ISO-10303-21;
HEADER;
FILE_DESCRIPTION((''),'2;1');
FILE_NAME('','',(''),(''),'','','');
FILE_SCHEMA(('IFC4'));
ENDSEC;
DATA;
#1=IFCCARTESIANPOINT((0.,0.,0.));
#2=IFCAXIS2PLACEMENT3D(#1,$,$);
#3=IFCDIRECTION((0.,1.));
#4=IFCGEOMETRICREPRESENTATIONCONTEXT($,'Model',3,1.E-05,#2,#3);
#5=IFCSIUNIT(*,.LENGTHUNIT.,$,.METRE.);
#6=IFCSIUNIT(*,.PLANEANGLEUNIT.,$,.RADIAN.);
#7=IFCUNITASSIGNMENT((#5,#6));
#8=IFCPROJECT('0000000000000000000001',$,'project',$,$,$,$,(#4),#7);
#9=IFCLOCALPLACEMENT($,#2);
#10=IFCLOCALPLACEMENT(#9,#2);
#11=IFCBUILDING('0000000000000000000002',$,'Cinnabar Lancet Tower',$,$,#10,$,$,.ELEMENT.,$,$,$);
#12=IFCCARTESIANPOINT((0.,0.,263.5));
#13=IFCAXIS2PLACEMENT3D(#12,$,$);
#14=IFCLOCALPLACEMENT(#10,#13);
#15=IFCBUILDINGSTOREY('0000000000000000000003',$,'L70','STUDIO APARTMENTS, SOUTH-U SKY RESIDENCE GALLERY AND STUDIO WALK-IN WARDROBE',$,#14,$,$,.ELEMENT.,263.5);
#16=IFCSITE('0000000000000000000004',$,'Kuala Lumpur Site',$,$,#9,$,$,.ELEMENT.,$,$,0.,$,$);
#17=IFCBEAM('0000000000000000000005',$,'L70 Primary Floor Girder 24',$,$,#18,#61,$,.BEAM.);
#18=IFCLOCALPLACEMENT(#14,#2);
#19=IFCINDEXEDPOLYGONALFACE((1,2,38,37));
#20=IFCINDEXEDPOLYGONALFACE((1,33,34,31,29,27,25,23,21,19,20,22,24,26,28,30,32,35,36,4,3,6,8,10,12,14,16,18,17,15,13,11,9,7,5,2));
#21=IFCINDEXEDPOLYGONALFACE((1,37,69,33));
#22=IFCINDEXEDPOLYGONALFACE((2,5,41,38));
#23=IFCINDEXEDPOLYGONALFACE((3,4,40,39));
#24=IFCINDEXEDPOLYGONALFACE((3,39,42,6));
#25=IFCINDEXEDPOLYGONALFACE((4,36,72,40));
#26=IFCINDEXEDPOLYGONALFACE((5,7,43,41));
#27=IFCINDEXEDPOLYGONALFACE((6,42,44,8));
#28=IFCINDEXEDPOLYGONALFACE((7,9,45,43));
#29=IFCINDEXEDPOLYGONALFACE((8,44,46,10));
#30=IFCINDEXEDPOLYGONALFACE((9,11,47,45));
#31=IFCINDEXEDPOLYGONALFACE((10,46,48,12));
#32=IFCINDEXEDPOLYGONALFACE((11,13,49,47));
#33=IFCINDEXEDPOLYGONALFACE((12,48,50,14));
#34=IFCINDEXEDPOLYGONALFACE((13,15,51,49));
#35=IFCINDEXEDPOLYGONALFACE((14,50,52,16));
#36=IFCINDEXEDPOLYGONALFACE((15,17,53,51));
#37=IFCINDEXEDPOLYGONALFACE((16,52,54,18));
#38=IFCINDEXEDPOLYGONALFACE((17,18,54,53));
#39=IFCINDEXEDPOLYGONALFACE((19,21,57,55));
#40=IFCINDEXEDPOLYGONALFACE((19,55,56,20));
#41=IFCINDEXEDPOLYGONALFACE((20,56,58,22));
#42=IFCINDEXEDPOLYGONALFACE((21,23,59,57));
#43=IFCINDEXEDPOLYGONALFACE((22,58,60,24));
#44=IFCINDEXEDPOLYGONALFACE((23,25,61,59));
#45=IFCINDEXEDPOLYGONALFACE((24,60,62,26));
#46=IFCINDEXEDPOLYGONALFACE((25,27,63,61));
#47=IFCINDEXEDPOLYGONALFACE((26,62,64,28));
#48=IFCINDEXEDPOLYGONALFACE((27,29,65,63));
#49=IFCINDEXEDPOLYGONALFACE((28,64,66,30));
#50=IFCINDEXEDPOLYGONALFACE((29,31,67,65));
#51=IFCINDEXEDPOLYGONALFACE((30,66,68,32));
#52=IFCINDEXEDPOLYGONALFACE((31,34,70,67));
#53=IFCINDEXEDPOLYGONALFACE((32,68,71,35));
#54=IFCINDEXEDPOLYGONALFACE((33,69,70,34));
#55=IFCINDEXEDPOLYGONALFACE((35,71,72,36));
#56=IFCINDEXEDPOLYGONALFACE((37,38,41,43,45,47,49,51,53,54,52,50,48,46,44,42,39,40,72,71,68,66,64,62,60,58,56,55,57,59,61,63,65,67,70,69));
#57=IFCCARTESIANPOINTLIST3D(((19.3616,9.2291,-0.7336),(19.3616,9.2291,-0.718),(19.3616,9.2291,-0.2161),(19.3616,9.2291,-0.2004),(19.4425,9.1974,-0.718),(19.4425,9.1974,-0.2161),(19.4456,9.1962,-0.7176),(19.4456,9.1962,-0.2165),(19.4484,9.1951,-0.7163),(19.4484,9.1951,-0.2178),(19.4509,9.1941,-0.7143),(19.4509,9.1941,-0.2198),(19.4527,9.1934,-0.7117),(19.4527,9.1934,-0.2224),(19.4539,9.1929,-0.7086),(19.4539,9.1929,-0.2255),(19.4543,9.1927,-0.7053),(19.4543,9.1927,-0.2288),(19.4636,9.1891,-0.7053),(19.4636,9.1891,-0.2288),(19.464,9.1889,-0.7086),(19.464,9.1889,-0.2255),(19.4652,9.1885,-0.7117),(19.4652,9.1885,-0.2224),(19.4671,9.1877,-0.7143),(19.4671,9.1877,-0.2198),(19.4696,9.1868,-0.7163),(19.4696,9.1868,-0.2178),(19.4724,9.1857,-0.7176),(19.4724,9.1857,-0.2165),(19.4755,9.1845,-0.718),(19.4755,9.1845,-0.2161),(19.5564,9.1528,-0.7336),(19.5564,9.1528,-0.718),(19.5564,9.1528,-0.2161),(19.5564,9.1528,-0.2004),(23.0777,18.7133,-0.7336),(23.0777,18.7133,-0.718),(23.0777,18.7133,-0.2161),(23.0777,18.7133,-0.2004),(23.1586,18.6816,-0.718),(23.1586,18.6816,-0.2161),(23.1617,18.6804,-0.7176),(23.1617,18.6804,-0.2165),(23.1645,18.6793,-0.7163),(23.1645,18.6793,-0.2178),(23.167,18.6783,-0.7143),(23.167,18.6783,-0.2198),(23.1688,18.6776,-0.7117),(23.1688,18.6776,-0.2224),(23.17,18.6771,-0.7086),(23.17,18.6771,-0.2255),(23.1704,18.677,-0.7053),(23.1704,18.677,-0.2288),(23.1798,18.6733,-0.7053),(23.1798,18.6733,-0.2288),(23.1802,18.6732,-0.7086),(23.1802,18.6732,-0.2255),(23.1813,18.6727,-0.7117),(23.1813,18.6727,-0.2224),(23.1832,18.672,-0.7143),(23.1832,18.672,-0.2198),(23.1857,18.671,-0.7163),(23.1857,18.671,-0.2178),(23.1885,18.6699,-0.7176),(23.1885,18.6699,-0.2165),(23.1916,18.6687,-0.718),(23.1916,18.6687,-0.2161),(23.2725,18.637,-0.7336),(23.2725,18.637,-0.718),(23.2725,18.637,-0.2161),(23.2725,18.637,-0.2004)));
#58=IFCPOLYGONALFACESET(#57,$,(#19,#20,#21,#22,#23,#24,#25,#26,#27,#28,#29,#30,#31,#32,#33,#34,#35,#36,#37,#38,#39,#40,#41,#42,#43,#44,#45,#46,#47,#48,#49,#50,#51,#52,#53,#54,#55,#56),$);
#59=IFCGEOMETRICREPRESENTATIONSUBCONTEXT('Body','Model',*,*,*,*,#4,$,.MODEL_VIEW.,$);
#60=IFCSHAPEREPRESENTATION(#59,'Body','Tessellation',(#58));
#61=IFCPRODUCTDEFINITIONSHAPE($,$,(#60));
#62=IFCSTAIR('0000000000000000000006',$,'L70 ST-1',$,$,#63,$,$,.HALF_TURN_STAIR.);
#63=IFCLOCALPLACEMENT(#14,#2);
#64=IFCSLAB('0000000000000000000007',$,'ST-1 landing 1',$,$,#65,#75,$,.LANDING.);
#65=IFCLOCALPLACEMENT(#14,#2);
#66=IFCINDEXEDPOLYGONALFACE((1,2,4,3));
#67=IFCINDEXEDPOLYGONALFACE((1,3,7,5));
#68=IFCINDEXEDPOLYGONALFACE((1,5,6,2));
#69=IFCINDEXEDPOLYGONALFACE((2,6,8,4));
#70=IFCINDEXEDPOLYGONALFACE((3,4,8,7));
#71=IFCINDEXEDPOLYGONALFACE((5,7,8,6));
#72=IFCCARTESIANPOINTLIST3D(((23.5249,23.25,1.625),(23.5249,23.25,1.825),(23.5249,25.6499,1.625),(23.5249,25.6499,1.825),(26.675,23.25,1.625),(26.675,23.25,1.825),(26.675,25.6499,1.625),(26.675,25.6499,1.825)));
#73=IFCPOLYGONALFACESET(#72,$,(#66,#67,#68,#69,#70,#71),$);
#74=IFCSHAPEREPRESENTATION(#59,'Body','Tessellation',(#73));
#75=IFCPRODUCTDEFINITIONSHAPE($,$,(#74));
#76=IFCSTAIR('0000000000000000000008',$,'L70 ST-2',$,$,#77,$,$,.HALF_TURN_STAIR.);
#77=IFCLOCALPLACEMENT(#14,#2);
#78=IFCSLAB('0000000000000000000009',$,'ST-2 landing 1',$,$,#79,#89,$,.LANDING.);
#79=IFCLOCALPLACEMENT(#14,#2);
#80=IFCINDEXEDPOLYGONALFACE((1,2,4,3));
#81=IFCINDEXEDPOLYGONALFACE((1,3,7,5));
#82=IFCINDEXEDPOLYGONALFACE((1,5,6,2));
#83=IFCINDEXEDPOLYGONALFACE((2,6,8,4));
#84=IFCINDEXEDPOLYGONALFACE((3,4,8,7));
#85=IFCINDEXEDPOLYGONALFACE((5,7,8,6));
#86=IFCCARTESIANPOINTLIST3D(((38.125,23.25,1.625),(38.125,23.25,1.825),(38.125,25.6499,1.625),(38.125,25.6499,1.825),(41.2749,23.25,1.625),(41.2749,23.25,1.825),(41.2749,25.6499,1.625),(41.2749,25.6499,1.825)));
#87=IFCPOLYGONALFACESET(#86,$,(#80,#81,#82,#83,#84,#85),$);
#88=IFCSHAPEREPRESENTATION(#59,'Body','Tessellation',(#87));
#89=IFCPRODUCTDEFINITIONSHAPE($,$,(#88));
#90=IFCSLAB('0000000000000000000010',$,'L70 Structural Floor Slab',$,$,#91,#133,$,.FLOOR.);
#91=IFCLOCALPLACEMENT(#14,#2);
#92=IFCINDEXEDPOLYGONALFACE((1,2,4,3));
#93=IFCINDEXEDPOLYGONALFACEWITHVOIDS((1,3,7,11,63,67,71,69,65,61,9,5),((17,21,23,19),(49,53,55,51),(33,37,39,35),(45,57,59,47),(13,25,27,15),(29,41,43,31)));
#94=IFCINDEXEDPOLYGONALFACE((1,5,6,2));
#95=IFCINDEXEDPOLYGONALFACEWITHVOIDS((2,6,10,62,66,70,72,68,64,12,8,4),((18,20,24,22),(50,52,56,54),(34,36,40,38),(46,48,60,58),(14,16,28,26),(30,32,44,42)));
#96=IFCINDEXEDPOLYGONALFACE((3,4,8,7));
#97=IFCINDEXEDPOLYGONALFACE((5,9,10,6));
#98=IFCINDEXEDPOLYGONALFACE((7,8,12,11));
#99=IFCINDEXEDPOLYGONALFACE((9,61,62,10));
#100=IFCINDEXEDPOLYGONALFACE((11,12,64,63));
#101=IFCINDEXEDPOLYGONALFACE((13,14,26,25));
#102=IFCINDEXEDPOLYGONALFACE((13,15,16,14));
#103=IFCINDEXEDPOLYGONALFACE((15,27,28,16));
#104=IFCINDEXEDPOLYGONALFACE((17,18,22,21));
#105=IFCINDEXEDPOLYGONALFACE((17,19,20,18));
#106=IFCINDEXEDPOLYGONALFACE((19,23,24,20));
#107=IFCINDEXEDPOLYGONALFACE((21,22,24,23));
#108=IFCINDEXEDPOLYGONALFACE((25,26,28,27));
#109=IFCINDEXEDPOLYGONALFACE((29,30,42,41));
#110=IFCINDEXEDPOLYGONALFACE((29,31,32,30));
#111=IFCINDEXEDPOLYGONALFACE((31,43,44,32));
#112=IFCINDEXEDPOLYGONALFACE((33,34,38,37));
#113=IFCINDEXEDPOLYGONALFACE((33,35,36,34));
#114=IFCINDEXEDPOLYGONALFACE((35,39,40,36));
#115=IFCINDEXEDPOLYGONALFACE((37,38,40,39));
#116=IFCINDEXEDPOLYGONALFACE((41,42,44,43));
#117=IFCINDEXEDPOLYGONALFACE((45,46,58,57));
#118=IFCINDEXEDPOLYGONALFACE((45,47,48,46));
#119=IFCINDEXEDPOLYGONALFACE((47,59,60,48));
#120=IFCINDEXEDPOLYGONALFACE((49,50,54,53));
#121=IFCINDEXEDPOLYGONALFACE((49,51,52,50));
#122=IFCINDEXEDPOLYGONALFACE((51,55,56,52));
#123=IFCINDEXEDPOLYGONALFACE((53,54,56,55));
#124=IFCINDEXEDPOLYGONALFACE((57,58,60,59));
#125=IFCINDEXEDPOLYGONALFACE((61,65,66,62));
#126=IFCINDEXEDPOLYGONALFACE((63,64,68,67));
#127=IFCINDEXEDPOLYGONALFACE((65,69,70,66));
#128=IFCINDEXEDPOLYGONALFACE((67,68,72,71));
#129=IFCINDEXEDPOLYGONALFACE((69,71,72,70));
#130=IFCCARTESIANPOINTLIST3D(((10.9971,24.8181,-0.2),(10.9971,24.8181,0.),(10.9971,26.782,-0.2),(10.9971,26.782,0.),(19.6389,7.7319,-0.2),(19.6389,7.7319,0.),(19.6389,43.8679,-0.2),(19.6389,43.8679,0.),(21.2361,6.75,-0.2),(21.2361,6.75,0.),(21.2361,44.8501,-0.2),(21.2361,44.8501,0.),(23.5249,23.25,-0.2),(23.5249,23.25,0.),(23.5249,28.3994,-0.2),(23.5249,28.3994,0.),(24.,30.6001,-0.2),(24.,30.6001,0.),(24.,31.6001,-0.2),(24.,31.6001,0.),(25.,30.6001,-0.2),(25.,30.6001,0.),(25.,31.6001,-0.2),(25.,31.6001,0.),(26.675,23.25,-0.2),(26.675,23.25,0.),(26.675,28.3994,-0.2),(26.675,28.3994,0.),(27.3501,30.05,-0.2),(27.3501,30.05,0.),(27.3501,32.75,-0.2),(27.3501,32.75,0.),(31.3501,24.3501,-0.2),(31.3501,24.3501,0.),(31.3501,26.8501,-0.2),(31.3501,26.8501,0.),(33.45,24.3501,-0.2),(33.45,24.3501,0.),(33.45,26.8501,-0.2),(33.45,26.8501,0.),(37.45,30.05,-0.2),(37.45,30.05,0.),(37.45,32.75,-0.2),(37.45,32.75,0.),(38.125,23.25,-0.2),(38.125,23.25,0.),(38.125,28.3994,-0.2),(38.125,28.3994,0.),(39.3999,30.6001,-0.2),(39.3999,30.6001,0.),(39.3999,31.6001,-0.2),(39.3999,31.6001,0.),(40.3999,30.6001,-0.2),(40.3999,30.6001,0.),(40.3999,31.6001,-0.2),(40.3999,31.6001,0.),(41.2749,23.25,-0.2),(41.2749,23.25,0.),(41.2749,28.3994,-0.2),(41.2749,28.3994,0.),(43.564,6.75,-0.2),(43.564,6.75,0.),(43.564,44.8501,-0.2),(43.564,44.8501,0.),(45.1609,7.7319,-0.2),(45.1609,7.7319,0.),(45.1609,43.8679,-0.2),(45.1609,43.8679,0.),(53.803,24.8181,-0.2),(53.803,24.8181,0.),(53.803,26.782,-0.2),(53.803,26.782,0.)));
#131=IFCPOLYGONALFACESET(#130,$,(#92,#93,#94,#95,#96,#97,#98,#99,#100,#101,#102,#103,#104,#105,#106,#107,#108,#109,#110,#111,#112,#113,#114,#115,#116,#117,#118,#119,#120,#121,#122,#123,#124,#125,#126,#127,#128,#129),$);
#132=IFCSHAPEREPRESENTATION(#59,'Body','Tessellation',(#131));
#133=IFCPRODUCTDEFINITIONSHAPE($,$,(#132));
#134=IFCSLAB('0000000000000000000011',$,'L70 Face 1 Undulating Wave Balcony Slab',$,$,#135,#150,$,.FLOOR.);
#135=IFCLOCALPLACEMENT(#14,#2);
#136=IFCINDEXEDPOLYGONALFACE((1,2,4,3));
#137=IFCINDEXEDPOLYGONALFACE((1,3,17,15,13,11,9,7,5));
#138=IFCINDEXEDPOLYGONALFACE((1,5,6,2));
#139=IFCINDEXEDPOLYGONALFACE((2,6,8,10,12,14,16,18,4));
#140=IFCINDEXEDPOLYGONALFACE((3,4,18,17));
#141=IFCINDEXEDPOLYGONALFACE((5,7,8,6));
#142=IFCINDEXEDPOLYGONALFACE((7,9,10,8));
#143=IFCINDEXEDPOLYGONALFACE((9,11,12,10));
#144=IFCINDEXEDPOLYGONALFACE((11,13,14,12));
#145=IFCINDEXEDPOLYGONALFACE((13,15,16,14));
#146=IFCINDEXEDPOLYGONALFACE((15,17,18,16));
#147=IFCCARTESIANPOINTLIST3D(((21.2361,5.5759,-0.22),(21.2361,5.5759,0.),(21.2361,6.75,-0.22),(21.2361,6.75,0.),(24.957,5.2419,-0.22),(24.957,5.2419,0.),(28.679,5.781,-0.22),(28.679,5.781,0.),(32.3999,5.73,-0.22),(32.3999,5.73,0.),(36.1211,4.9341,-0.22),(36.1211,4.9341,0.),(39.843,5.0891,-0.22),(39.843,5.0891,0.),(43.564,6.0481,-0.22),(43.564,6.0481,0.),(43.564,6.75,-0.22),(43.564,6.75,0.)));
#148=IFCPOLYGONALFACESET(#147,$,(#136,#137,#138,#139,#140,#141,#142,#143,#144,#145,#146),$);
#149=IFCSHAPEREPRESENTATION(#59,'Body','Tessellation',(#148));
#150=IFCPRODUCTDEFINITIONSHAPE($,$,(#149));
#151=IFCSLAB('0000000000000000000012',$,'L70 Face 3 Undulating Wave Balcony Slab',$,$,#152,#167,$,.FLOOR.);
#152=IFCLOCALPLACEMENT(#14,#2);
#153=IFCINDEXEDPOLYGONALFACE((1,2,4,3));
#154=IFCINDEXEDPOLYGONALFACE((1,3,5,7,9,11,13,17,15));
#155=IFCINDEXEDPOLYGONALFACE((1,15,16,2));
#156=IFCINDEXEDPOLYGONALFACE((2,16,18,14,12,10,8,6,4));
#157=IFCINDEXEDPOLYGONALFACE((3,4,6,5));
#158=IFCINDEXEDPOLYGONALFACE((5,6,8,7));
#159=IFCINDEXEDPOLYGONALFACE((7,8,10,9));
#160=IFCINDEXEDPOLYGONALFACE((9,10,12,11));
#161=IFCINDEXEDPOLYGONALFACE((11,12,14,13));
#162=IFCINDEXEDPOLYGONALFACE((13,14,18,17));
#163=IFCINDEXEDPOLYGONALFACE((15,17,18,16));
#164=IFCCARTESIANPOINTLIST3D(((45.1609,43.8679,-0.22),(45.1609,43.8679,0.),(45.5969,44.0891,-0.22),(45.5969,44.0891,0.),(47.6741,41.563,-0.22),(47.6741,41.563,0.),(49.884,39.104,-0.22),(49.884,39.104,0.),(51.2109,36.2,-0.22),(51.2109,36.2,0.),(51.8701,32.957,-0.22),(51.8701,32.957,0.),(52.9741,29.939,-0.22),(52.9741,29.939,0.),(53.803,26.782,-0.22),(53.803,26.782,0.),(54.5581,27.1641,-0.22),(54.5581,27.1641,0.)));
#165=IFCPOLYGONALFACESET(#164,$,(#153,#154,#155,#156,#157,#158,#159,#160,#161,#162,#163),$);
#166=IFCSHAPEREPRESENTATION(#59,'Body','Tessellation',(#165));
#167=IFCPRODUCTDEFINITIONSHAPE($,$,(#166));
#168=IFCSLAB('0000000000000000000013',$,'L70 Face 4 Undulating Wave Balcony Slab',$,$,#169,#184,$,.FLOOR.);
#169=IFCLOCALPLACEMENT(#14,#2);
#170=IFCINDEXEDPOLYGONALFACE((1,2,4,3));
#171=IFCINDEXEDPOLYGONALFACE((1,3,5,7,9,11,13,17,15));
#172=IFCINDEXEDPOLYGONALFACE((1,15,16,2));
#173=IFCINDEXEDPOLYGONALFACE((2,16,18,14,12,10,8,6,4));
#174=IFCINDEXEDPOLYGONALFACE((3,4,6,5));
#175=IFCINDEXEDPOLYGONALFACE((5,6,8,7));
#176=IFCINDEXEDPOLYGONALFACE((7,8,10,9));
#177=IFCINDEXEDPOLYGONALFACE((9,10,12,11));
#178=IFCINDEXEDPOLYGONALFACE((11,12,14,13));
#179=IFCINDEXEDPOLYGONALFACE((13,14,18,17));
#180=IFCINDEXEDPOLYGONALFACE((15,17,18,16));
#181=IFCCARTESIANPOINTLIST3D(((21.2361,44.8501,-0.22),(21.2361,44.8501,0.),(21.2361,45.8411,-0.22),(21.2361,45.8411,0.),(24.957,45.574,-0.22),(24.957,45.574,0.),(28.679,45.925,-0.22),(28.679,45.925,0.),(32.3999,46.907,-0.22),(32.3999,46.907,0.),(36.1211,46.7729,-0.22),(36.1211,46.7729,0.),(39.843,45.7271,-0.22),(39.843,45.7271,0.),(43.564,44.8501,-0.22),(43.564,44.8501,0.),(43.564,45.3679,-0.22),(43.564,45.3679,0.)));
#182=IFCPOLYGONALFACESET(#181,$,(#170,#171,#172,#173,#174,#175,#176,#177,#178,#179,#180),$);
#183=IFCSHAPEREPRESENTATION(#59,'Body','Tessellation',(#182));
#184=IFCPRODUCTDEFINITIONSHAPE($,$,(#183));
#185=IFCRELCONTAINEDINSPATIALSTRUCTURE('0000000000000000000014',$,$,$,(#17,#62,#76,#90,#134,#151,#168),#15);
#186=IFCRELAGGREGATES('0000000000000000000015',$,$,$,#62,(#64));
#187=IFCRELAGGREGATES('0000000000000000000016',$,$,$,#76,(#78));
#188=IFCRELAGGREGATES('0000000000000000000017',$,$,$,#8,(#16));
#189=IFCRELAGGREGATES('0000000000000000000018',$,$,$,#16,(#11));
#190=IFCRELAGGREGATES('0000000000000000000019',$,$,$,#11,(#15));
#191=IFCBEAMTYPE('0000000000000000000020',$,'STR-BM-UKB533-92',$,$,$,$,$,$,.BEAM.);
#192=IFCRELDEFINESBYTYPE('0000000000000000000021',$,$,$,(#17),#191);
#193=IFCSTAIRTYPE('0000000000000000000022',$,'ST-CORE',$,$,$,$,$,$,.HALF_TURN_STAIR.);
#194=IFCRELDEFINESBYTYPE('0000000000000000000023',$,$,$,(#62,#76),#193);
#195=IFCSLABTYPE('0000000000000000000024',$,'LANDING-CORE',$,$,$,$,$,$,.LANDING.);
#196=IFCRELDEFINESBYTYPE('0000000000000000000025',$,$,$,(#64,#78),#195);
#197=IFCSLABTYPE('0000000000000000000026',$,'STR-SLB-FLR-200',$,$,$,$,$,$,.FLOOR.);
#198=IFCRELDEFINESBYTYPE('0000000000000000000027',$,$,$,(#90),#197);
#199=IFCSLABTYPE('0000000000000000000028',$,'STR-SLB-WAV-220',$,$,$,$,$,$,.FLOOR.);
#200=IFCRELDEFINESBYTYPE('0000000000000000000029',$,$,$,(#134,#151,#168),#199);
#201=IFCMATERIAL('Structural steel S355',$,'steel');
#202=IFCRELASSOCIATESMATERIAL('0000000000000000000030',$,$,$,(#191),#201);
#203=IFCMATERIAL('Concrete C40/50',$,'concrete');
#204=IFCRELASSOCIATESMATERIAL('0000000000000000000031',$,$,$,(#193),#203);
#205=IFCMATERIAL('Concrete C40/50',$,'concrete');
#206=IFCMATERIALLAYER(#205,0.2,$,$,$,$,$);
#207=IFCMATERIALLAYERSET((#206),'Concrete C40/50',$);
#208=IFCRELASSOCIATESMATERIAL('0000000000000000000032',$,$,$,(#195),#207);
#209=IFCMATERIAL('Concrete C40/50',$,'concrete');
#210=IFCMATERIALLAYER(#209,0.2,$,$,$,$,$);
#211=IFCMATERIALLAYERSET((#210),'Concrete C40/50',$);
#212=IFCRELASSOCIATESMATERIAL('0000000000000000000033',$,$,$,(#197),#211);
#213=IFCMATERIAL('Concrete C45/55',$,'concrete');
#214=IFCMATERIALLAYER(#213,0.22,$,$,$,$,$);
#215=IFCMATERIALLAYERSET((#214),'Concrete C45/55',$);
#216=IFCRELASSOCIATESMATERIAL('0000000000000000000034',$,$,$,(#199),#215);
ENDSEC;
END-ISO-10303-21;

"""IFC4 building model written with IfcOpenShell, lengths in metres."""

from ifc_helpers import new_model, si_unit, direction, frame, origin, origin_2d, place, context, subcontext, project, spatial, polyline, i_section, outline, extrude, material, layer, layer_set, material_profile, profile_set, type_object, element, aggregate, save


model = new_model("IFC4")

# Units and contexts
model_context = context("Model", 3, precision=1e-05, world=origin(), true_north=direction((0.0, 1.0)))
body_context = subcontext(model_context, "Body", "Model", "MODEL_VIEW")
ifc_project = project(units=[si_unit("LENGTHUNIT", "METRE"), si_unit("PLANEANGLEUNIT", "RADIAN")], contexts=[model_context])

# Site, building, storey
site_placement = place(None, origin())
site = spatial("IfcSite", under=ifc_project, at=site_placement, Name="Kuala Lumpur Site", CompositionType="ELEMENT", RefElevation=0.0)
building_placement = place(site_placement, origin())
building = spatial("IfcBuilding", under=site, at=building_placement, Name="Cinnabar Lancet Tower", CompositionType="ELEMENT")
storey_placement = place(building_placement, frame((0.0, 0.0, 263.5)))
storey = spatial("IfcBuildingStorey", under=building, at=storey_placement, Name="L70", Description="STUDIO APARTMENTS, SOUTH-U SKY RESIDENCE GALLERY AND STUDIO WALK-IN WARDROBE", CompositionType="ELEMENT", Elevation=263.5)

# Beam
ifc_material_1 = material(Name="Structural steel S355", Category="steel")
ifc_material_profile_1 = material_profile(ifc_material_1, i_section(OverallWidth=0.2092, OverallDepth=0.5332, WebThickness=0.01, FlangeThickness=0.0156, FilletRadius=0.0127, at=origin_2d()), Name="UKB 533x210x92")
ifc_profile_set_1 = profile_set([ifc_material_profile_1], Name="Structural steel S355")
beam_type_1 = type_object("IfcBeamType", Name="STR-BM-UKB533-92", PredefinedType="BEAM", material=ifc_profile_set_1)
beam_1_placement = place(storey_placement, frame((19.459, 9.1909, -0.467), z_axis=(0.364815, 0.93108, 0.0), x_axis=(-0.93108, 0.364815, 0.0)))
element("IfcBeam", 1, at=beam_1_placement, inside=storey, type_object=beam_type_1, Name="L70 Primary Floor Girder 24", PredefinedType="BEAM", context=body_context, shape_type="SweptSolid", body=[
    extrude(i_section(OverallWidth=0.2092, OverallDepth=0.5332, WebThickness=0.01, FlangeThickness=0.0156, FilletRadius=0.0127, at=origin_2d()), origin(), (0.0, 0.0, 1.0), 10.1863),
])

# Stairs, slabs
ifc_material_2 = material(Name="Concrete C40/50", Category="concrete")
stair_type = type_object("IfcStairType", Name="ST-CORE", PredefinedType="HALF_TURN_STAIR", material=ifc_material_2)
stair_1_placement = place(storey_placement, origin())
stair_1 = element("IfcStair", 2, at=stair_1_placement, inside=storey, type_object=stair_type, Name="L70 ST-1", PredefinedType="HALF_TURN_STAIR")
ifc_material_3 = material(Name="Concrete C40/50", Category="concrete")
ifc_layer_1 = layer(ifc_material_3, 0.2)
ifc_layer_set_1 = layer_set([ifc_layer_1], Name="Concrete C40/50")
slab_type_1 = type_object("IfcSlabType", Name="LANDING-CORE", PredefinedType="LANDING", material=ifc_layer_set_1)
slab_1_placement = place(storey_placement, frame((0.0, 0.0, 1.625)))
slab_1 = element("IfcSlab", 3, at=slab_1_placement, type_object=slab_type_1, Name="ST-1 landing 1", PredefinedType="LANDING", context=body_context, shape_type="SweptSolid", body=[
    extrude(outline(polyline([(23.5249, 25.6499), (23.5249, 23.25), (26.675, 23.25), (26.675, 25.6499), (23.5249, 25.6499)])), origin(), (0.0, 0.0, 1.0), 0.2),
])
aggregate(stair_1, [slab_1])
stair_2_placement = place(storey_placement, origin())
stair_2 = element("IfcStair", 4, at=stair_2_placement, inside=storey, type_object=stair_type, Name="L70 ST-2", PredefinedType="HALF_TURN_STAIR")
slab_2_placement = place(storey_placement, frame((0.0, 0.0, 1.625)))
slab_2 = element("IfcSlab", 5, at=slab_2_placement, type_object=slab_type_1, Name="ST-2 landing 1", PredefinedType="LANDING", context=body_context, shape_type="SweptSolid", body=[
    extrude(outline(polyline([(38.125, 25.6499), (38.125, 23.25), (41.2749, 23.25), (41.2749, 25.6499), (38.125, 25.6499)])), origin(), (0.0, 0.0, 1.0), 0.2),
])
aggregate(stair_2, [slab_2])

# Slabs
ifc_material_4 = material(Name="Concrete C40/50", Category="concrete")
ifc_layer_2 = layer(ifc_material_4, 0.2)
ifc_layer_set_2 = layer_set([ifc_layer_2], Name="Concrete C40/50")
slab_type_2 = type_object("IfcSlabType", Name="STR-SLB-FLR-200", PredefinedType="FLOOR", material=ifc_layer_set_2)
slab_3_placement = place(storey_placement, frame((0.0, 0.0, -0.2)))
element("IfcSlab", 6, at=slab_3_placement, inside=storey, type_object=slab_type_2, Name="L70 Structural Floor Slab", PredefinedType="FLOOR", context=body_context, shape_type="SweptSolid", body=[
    extrude(outline(polyline([(19.6389, 7.7319), (21.2361, 6.75), (43.564, 6.75), (45.1609, 7.7319), (53.803, 24.8181), (53.803, 26.782), (45.1609, 43.8679), (43.564, 44.8501), (21.2361, 44.8501), (19.6389, 43.8679), (10.9971, 26.782), (10.9971, 24.8181), (19.6389, 7.7319)]), holes=[polyline([(23.5249, 23.25), (26.675, 23.25), (26.675, 28.3994), (23.5249, 28.3994), (23.5249, 23.25)]), polyline([(38.125, 23.25), (41.2749, 23.25), (41.2749, 28.3994), (38.125, 28.3994), (38.125, 23.25)]), polyline([(27.3501, 30.05), (37.45, 30.05), (37.45, 32.75), (27.3501, 32.75), (27.3501, 30.05)]), polyline([(31.3501, 24.3501), (33.45, 24.3501), (33.45, 26.8501), (31.3501, 26.8501), (31.3501, 24.3501)]), polyline([(24.0, 30.6001), (25.0, 30.6001), (25.0, 31.6001), (24.0, 31.6001), (24.0, 30.6001)]), polyline([(39.3999, 30.6001), (40.3999, 30.6001), (40.3999, 31.6001), (39.3999, 31.6001), (39.3999, 30.6001)])]), origin(), (0.0, 0.0, 1.0), 0.2),
])
ifc_material_5 = material(Name="Concrete C45/55", Category="concrete")
ifc_layer_3 = layer(ifc_material_5, 0.22)
ifc_layer_set_3 = layer_set([ifc_layer_3], Name="Concrete C45/55")
slab_type_3 = type_object("IfcSlabType", Name="STR-SLB-WAV-220", PredefinedType="FLOOR", material=ifc_layer_set_3)
slab_4_placement = place(storey_placement, frame((0.0, 0.0, -0.22)))
element("IfcSlab", 7, at=slab_4_placement, inside=storey, type_object=slab_type_3, Name="L70 Face 1 Undulating Wave Balcony Slab", PredefinedType="FLOOR", context=body_context, shape_type="SweptSolid", body=[
    extrude(outline(polyline([(21.2361, 6.75), (21.2361, 5.5759), (24.957, 5.2419), (28.679, 5.781), (32.3999, 5.73), (36.1211, 4.9341), (39.843, 5.0891), (43.564, 6.0481), (43.564, 6.75), (21.2361, 6.75)])), origin(), (0.0, 0.0, 1.0), 0.22),
])
slab_5_placement = place(storey_placement, frame((0.0, 0.0, -0.22)))
element("IfcSlab", 8, at=slab_5_placement, inside=storey, type_object=slab_type_3, Name="L70 Face 3 Undulating Wave Balcony Slab", PredefinedType="FLOOR", context=body_context, shape_type="SweptSolid", body=[
    extrude(outline(polyline([(53.803, 26.782), (54.5581, 27.1641), (52.9741, 29.939), (51.8701, 32.957), (51.2109, 36.2), (49.884, 39.104), (47.6741, 41.563), (45.5969, 44.0891), (45.1609, 43.8679), (53.803, 26.782)])), origin(), (0.0, 0.0, 1.0), 0.22),
])
slab_6_placement = place(storey_placement, frame((0.0, 0.0, -0.22)))
element("IfcSlab", 9, at=slab_6_placement, inside=storey, type_object=slab_type_3, Name="L70 Face 4 Undulating Wave Balcony Slab", PredefinedType="FLOOR", context=body_context, shape_type="SweptSolid", body=[
    extrude(outline(polyline([(43.564, 44.8501), (43.564, 45.3679), (39.843, 45.7271), (36.1211, 46.7729), (32.3999, 46.907), (28.679, 45.925), (24.957, 45.574), (21.2361, 45.8411), (21.2361, 44.8501), (43.564, 44.8501)])), origin(), (0.0, 0.0, 1.0), 0.22),
])

save(model, "model.ifc")
